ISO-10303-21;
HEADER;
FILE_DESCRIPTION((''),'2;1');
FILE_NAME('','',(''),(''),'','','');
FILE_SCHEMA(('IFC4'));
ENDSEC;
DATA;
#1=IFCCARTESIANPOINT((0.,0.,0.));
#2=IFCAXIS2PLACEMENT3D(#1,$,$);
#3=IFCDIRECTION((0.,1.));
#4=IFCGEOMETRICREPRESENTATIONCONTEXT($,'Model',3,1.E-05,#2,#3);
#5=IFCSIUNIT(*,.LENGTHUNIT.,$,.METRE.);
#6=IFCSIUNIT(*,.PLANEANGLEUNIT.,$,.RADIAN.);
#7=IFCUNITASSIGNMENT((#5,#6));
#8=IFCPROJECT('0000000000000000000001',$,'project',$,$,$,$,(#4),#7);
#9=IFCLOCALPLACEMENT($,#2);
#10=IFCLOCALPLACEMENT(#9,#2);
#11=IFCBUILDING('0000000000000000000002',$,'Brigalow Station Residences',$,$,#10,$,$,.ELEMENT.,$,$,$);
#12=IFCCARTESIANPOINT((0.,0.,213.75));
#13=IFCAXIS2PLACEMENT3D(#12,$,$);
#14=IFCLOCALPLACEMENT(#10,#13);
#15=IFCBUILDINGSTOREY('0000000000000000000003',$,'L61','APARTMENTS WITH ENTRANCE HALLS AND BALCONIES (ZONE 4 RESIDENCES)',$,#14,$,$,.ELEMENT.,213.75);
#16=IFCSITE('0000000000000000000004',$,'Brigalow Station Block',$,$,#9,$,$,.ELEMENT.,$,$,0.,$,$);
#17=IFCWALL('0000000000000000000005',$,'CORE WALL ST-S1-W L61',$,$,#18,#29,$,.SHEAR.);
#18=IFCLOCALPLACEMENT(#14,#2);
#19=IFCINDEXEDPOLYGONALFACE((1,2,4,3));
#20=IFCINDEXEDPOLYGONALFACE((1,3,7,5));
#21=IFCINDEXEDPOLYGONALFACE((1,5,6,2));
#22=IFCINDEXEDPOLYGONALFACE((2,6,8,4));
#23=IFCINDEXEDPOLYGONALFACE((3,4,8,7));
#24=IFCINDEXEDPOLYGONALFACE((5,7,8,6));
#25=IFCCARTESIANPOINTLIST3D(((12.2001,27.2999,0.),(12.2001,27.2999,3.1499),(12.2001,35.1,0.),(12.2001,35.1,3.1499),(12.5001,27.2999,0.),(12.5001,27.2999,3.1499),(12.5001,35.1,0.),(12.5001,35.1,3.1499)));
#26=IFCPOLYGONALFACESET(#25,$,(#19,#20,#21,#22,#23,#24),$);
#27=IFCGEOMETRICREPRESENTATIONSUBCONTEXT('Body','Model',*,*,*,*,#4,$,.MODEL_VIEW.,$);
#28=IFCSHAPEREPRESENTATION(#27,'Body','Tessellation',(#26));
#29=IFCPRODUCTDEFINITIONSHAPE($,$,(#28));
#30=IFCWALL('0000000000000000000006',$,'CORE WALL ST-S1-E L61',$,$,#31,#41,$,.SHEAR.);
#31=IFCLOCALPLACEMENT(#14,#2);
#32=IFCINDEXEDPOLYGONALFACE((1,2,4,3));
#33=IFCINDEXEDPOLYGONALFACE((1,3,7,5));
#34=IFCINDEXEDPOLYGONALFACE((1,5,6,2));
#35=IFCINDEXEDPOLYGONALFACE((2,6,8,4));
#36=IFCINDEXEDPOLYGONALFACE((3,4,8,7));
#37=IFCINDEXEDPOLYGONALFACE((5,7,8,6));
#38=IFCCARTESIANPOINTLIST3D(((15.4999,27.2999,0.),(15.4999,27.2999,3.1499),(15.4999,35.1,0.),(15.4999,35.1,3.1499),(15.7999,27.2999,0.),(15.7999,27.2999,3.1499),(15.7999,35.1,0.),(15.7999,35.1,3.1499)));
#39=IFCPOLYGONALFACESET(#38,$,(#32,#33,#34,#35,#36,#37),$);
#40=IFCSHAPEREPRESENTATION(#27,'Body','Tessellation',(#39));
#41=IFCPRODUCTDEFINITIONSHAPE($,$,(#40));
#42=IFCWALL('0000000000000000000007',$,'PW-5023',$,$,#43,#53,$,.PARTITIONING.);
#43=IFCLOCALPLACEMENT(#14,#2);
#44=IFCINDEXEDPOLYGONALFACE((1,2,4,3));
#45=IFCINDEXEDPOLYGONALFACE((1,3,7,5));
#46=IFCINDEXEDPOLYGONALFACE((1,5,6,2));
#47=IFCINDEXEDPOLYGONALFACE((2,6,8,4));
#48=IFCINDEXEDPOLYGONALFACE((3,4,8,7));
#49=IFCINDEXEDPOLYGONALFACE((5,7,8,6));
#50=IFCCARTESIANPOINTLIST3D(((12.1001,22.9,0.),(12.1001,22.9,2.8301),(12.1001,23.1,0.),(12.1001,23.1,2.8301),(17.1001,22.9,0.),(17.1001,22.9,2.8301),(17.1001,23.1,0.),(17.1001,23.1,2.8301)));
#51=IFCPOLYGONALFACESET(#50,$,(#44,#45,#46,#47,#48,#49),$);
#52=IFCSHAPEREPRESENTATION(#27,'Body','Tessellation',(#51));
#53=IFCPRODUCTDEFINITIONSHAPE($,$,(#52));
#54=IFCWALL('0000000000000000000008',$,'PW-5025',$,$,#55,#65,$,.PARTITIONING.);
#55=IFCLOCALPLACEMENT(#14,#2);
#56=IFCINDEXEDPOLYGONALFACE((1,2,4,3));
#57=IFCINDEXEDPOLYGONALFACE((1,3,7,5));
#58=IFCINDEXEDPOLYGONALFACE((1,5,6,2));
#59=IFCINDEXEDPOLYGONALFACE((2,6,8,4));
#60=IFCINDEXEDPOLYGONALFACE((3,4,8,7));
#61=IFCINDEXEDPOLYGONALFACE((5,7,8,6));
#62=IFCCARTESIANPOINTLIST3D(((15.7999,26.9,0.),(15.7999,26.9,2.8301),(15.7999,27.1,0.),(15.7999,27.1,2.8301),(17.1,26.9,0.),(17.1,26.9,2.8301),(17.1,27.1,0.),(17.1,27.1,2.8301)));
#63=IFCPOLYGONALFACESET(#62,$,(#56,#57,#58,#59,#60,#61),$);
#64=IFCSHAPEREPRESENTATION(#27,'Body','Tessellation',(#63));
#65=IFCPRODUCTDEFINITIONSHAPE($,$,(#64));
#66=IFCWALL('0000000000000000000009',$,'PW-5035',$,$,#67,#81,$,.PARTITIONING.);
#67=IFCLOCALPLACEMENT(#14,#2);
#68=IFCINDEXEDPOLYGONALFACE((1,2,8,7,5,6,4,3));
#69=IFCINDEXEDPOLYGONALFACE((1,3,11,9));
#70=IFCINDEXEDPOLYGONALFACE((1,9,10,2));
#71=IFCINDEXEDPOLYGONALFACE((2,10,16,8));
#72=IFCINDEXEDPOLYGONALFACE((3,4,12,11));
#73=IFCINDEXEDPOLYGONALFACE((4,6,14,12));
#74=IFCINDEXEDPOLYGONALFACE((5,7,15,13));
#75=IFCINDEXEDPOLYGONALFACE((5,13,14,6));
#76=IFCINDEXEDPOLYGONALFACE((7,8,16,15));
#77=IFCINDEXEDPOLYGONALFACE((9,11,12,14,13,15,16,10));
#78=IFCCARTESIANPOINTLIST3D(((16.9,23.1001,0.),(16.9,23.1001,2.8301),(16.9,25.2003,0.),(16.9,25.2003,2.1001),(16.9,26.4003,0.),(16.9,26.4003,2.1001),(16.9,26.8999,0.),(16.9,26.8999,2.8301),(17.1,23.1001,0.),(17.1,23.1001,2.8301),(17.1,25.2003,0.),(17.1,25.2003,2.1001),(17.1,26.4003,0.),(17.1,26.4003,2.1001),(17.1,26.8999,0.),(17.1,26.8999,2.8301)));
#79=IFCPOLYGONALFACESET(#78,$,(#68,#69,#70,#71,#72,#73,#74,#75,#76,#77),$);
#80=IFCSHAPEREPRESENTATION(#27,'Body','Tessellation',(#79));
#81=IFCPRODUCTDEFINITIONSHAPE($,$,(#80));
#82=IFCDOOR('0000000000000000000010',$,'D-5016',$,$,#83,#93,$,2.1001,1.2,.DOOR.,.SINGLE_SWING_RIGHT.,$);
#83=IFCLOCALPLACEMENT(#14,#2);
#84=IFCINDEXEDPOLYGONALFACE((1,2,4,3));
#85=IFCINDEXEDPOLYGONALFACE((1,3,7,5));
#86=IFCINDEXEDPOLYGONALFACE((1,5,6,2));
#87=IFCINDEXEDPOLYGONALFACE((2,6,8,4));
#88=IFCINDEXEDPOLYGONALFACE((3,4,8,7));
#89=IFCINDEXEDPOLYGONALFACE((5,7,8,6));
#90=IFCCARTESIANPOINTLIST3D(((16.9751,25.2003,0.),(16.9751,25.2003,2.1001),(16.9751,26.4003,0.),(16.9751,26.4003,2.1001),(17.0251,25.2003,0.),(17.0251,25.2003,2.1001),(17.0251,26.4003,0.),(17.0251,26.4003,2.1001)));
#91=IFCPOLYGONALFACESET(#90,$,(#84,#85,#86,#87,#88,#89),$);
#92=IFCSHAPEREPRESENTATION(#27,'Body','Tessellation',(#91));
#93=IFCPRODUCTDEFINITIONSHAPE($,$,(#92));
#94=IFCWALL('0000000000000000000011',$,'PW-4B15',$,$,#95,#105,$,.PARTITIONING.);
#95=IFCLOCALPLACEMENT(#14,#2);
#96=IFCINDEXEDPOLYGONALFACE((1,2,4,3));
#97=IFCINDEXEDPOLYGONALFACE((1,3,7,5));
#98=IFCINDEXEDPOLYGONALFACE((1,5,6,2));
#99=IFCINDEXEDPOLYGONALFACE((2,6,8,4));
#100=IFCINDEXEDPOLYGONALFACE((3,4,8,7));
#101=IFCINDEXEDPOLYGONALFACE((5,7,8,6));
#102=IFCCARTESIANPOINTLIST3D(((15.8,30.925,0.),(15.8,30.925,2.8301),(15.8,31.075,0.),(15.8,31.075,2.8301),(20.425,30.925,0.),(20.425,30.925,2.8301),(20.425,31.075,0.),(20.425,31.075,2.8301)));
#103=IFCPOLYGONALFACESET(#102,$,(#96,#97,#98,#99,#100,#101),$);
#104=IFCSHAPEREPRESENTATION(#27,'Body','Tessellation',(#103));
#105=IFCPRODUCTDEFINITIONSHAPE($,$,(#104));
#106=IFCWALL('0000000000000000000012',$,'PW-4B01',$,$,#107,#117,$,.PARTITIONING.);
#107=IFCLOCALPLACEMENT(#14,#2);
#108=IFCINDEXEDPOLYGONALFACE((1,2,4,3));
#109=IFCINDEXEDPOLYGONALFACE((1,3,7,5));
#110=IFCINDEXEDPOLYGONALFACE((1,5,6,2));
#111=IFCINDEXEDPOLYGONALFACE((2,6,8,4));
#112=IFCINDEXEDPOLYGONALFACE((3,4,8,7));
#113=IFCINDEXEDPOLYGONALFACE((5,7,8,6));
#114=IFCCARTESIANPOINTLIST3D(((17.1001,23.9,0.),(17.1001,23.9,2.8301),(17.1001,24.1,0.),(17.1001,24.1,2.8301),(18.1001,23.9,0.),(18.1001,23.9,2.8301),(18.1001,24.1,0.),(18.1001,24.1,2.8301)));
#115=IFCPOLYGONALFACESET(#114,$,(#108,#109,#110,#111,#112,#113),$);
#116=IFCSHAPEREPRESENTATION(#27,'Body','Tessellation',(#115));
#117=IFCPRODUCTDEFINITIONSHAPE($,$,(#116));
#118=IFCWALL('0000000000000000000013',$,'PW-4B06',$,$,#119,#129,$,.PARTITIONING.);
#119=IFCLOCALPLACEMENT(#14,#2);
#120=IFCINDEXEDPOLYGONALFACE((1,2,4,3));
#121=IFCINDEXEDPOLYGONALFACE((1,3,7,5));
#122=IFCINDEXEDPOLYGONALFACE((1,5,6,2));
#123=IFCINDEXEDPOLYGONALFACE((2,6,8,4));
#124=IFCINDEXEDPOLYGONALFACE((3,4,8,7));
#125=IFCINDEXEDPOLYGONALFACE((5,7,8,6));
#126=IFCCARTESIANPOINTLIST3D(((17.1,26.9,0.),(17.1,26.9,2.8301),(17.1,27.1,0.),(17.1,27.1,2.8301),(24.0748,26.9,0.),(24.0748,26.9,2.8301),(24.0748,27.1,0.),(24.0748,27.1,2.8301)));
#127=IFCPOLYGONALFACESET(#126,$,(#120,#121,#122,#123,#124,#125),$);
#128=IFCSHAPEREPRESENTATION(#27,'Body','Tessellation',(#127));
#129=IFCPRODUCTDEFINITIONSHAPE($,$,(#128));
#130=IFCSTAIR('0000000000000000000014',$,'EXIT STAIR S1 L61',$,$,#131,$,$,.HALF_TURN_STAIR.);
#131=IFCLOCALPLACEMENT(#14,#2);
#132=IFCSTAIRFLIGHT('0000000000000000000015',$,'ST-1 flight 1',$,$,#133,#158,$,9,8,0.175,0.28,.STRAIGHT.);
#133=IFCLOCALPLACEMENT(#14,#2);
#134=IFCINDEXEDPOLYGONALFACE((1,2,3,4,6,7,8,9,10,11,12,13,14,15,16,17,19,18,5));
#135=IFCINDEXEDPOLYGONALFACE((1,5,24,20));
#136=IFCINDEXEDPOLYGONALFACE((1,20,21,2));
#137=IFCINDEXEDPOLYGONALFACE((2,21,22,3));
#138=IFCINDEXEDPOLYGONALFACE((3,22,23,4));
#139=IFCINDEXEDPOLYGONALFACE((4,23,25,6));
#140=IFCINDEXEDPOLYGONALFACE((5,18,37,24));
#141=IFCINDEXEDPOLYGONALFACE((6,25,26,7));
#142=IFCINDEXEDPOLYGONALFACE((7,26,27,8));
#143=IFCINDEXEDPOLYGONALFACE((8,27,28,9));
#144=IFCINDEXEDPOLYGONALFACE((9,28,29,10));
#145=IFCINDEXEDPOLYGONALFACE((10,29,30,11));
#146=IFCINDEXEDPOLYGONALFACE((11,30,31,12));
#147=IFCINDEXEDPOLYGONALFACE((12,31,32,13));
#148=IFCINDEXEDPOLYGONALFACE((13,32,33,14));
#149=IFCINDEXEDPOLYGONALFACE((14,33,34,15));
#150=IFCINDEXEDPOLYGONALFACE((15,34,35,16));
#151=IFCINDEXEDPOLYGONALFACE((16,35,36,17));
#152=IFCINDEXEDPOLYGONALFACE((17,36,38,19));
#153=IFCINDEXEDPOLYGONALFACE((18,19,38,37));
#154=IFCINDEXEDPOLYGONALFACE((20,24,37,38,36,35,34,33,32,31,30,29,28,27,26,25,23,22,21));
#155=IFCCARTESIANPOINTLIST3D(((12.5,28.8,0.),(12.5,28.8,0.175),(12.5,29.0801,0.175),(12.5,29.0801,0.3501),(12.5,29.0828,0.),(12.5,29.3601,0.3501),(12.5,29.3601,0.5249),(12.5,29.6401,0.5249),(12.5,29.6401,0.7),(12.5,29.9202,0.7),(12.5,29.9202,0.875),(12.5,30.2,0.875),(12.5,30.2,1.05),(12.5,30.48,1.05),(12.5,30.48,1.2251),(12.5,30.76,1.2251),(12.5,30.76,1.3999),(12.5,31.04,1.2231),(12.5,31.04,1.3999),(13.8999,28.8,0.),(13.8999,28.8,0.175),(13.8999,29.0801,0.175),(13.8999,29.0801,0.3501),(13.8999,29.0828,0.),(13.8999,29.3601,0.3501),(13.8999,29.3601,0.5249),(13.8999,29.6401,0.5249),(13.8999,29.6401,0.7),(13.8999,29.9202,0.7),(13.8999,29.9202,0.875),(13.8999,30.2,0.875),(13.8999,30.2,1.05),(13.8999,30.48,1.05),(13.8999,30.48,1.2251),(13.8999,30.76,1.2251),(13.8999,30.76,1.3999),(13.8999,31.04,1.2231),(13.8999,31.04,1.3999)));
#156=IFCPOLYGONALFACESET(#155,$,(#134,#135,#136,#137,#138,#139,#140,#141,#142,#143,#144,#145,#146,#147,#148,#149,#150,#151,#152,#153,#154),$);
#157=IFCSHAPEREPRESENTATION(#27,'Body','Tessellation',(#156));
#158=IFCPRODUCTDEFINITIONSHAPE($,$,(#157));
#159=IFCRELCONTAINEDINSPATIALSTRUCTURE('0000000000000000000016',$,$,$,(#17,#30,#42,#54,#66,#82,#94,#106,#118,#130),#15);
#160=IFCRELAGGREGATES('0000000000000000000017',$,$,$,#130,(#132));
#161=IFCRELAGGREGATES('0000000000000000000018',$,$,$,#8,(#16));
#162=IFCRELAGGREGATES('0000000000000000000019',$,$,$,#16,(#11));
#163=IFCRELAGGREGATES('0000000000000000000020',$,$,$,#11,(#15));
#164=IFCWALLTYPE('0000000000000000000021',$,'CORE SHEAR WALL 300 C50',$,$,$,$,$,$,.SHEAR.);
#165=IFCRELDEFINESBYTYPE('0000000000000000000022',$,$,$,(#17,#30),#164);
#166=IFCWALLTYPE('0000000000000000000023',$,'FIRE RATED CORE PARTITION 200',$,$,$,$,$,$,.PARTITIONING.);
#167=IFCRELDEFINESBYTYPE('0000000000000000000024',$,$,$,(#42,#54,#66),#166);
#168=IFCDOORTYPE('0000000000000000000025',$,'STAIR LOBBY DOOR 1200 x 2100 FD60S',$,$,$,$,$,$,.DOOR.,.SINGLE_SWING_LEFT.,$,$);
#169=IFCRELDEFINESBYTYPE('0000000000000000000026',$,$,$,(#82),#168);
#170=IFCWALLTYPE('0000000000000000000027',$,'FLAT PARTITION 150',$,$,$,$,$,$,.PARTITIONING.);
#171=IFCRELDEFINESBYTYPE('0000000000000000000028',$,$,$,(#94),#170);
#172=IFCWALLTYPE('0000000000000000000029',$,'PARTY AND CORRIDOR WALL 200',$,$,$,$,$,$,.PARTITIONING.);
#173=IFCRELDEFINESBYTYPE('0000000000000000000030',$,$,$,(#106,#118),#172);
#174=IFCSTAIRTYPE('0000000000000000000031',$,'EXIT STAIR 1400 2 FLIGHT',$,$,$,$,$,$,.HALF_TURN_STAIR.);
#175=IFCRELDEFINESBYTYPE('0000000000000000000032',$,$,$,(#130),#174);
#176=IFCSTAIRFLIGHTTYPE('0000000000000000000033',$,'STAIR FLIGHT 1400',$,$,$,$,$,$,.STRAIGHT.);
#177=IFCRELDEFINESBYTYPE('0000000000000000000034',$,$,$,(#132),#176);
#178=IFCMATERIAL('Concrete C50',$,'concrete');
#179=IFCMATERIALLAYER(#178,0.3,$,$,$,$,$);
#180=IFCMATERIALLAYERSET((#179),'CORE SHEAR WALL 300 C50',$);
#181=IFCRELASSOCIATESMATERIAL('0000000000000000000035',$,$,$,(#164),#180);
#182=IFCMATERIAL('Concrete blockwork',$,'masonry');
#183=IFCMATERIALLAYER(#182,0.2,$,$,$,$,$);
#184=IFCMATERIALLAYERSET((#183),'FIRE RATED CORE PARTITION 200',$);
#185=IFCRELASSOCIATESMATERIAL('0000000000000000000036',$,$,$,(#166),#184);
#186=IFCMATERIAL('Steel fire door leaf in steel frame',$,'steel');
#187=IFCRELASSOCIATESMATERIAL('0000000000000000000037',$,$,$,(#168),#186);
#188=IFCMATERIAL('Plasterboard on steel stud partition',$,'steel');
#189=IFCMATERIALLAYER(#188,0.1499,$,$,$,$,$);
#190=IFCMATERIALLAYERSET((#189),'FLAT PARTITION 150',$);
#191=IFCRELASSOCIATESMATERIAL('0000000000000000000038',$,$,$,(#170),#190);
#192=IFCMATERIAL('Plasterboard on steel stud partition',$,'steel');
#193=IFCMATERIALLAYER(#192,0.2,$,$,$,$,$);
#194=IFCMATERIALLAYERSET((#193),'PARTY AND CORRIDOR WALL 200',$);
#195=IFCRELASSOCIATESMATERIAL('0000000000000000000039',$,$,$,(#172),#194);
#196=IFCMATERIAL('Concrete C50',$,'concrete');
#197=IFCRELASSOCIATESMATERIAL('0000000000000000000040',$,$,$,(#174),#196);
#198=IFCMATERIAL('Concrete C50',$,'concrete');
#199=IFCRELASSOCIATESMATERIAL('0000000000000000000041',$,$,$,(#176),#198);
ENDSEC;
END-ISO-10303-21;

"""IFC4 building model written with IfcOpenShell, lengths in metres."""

from ifc_helpers import new_model, si_unit, direction, frame, frame_2d, origin, place, context, subcontext, project, spatial, polyline, rectangle, outline, extrude, material, layer, layer_set, type_object, element, fill, aggregate, save


model = new_model("IFC4")

# Units and contexts
model_context = context("Model", 3, precision=1e-05, world=origin(), true_north=direction((0.0, 1.0)))
body_context = subcontext(model_context, "Body", "Model", "MODEL_VIEW")
ifc_project = project(units=[si_unit("LENGTHUNIT", "METRE"), si_unit("PLANEANGLEUNIT", "RADIAN")], contexts=[model_context])

# Site, building, storey
site_placement = place(None, origin())
site = spatial("IfcSite", under=ifc_project, at=site_placement, Name="Brigalow Station Block", CompositionType="ELEMENT", RefElevation=0.0)
building_placement = place(site_placement, origin())
building = spatial("IfcBuilding", under=site, at=building_placement, Name="Brigalow Station Residences", CompositionType="ELEMENT")
storey_placement = place(building_placement, frame((0.0, 0.0, 213.75)))
storey = spatial("IfcBuildingStorey", under=building, at=storey_placement, Name="L61", Description="APARTMENTS WITH ENTRANCE HALLS AND BALCONIES (ZONE 4 RESIDENCES)", CompositionType="ELEMENT", Elevation=213.75)

# Shared definitions
ifc_material_1 = material(Name="Concrete C50", Category="concrete")
ifc_layer_1 = layer(ifc_material_1, 0.3)
ifc_layer_set_1 = layer_set([ifc_layer_1], Name="CORE SHEAR WALL 300 C50")
wall_type_1 = type_object("IfcWallType", Name="CORE SHEAR WALL 300 C50", PredefinedType="SHEAR", material=ifc_layer_set_1)

# Walls
for number, where, z_axis, x_axis, name in (
    (1, (12.3501, 27.3, 0.0), (0.0, 0.0, 1.0), (0.0, 1.0, 0.0), "CORE WALL ST-S1-W L61"),
    (2, (15.6499, 27.3, 0.0), (0.0, 0.0, 1.0), (0.0, 1.0, 0.0), "CORE WALL ST-S1-E L61"),
):
    element("IfcWall", number, at=place(storey_placement, frame(where, z_axis=z_axis, x_axis=x_axis)), inside=storey, type_object=wall_type_1, Name=name, PredefinedType="SHEAR", context=body_context, shape_type="SweptSolid", body=[
        extrude(rectangle(XDim=7.8, YDim=0.3, at=frame_2d((3.8999, 0.0))), origin(), (0.0, 0.0, 1.0), 3.1499),
    ])
ifc_material_2 = material(Name="Concrete blockwork", Category="masonry")
ifc_layer_2 = layer(ifc_material_2, 0.2)
ifc_layer_set_2 = layer_set([ifc_layer_2], Name="FIRE RATED CORE PARTITION 200")
wall_type_2 = type_object("IfcWallType", Name="FIRE RATED CORE PARTITION 200", PredefinedType="PARTITIONING", material=ifc_layer_set_2)
wall_1_placement = place(storey_placement, frame((12.1001, 23.0, 0.0), z_axis=(0.0, 0.0, 1.0), x_axis=(1.0, 0.0, 0.0)))
element("IfcWall", 3, at=wall_1_placement, inside=storey, type_object=wall_type_2, Name="PW-5023", PredefinedType="PARTITIONING", context=body_context, shape_type="SweptSolid", body=[
    extrude(rectangle(XDim=5.0, YDim=0.2, at=frame_2d((2.5, 0.0))), origin(), (0.0, 0.0, 1.0), 2.8301),
])
wall_2_placement = place(storey_placement, frame((15.8, 27.0, 0.0), z_axis=(0.0, 0.0, 1.0), x_axis=(1.0, 0.0, 0.0)))
element("IfcWall", 4, at=wall_2_placement, inside=storey, type_object=wall_type_2, Name="PW-5025", PredefinedType="PARTITIONING", context=body_context, shape_type="SweptSolid", body=[
    extrude(rectangle(XDim=1.3, YDim=0.2, at=frame_2d((0.6499, 0.0))), origin(), (0.0, 0.0, 1.0), 2.8301),
])

# Wall, opening, door
wall_3_placement = place(storey_placement, frame((17.0, 23.1001, 0.0), z_axis=(0.0, 0.0, 1.0), x_axis=(0.0, 1.0, 0.0)))
wall_3 = element("IfcWall", 5, at=wall_3_placement, inside=storey, type_object=wall_type_2, Name="PW-5035", PredefinedType="PARTITIONING", context=body_context, shape_type="SweptSolid", body=[
    extrude(rectangle(XDim=3.7998, YDim=0.2, at=frame_2d((1.8999, 0.0))), origin(), (0.0, 0.0, 1.0), 2.8301),
])
opening_1_placement = place(wall_3_placement, frame((2.1001, 0.0, 0.0)))
opening_1 = element("IfcOpeningElement", 6, at=opening_1_placement, cuts=wall_3, PredefinedType="OPENING", context=body_context, shape_type="SweptSolid", body=[
    extrude(rectangle(XDim=1.2, YDim=2.1001, at=frame_2d((0.6001, 1.05))), frame((0.0, 0.1099, 0.0), z_axis=(0.0, -1.0, 0.0), x_axis=(1.0, 0.0, 0.0)), (0.0, 0.0, 1.0), 0.22),
])
ifc_material_3 = material(Name="Steel fire door leaf in steel frame", Category="steel")
door_type_1 = type_object("IfcDoorType", Name="STAIR LOBBY DOOR 1200 x 2100 FD60S", OperationType="SINGLE_SWING_LEFT", PredefinedType="DOOR", material=ifc_material_3)
door_1_placement = place(opening_1_placement, origin())
door_1 = element("IfcDoor", 7, at=door_1_placement, inside=storey, type_object=door_type_1, Name="D-5016", OperationType="SINGLE_SWING_RIGHT", OverallHeight=2.1001, OverallWidth=1.2, PredefinedType="DOOR", context=body_context, shape_type="SweptSolid", body=[
    extrude(rectangle(XDim=1.2, YDim=2.1001, at=frame_2d((0.6001, 1.05))), frame((0.0, 0.0249, 0.0), z_axis=(0.0, -1.0, 0.0), x_axis=(1.0, 0.0, 0.0)), (0.0, 0.0, 1.0), 0.05),
])
fill(opening_1, door_1)

# Walls
ifc_material_4 = material(Name="Plasterboard on steel stud partition", Category="steel")
ifc_layer_3 = layer(ifc_material_4, 0.1499)
ifc_layer_set_3 = layer_set([ifc_layer_3], Name="FLAT PARTITION 150")
wall_type_3 = type_object("IfcWallType", Name="FLAT PARTITION 150", PredefinedType="PARTITIONING", material=ifc_layer_set_3)
wall_4_placement = place(storey_placement, frame((15.8, 31.0, 0.0), z_axis=(0.0, 0.0, 1.0), x_axis=(1.0, 0.0, 0.0)))
element("IfcWall", 8, at=wall_4_placement, inside=storey, type_object=wall_type_3, Name="PW-4B15", PredefinedType="PARTITIONING", context=body_context, shape_type="SweptSolid", body=[
    extrude(rectangle(XDim=4.625, YDim=0.1499, at=frame_2d((2.3125, 0.0))), origin(), (0.0, 0.0, 1.0), 2.8301),
])
ifc_material_5 = material(Name="Plasterboard on steel stud partition", Category="steel")
ifc_layer_4 = layer(ifc_material_5, 0.2)
ifc_layer_set_4 = layer_set([ifc_layer_4], Name="PARTY AND CORRIDOR WALL 200")
wall_type_4 = type_object("IfcWallType", Name="PARTY AND CORRIDOR WALL 200", PredefinedType="PARTITIONING", material=ifc_layer_set_4)
wall_5_placement = place(storey_placement, frame((17.1001, 24.0, 0.0), z_axis=(0.0, 0.0, 1.0), x_axis=(1.0, 0.0, 0.0)))
element("IfcWall", 9, at=wall_5_placement, inside=storey, type_object=wall_type_4, Name="PW-4B01", PredefinedType="PARTITIONING", context=body_context, shape_type="SweptSolid", body=[
    extrude(rectangle(XDim=1.0, YDim=0.2, at=frame_2d((0.5, 0.0))), origin(), (0.0, 0.0, 1.0), 2.8301),
])
wall_6_placement = place(storey_placement, frame((17.1001, 27.0, 0.0), z_axis=(0.0, 0.0, 1.0), x_axis=(1.0, 0.0, 0.0)))
element("IfcWall", 10, at=wall_6_placement, inside=storey, type_object=wall_type_4, Name="PW-4B06", PredefinedType="PARTITIONING", context=body_context, shape_type="SweptSolid", body=[
    extrude(rectangle(XDim=6.9749, YDim=0.2, at=frame_2d((3.4873, 0.0))), origin(), (0.0, 0.0, 1.0), 2.8301),
])

# Stair, stair flight
ifc_material_6 = material(Name="Concrete C50", Category="concrete")
stair_type = type_object("IfcStairType", Name="EXIT STAIR 1400 2 FLIGHT", PredefinedType="HALF_TURN_STAIR", material=ifc_material_6)
stair_placement = place(storey_placement, origin())
stair = element("IfcStair", 11, at=stair_placement, inside=storey, type_object=stair_type, Name="EXIT STAIR S1 L61", PredefinedType="HALF_TURN_STAIR")
ifc_material_7 = material(Name="Concrete C50", Category="concrete")
stair_flight_type = type_object("IfcStairFlightType", Name="STAIR FLIGHT 1400", PredefinedType="STRAIGHT", material=ifc_material_7)
stair_flight_placement = place(storey_placement, frame((13.2, 28.8, 0.0), z_axis=(0.0, 0.0, 1.0), x_axis=(0.0, 1.0, 0.0)))
stair_flight = element("IfcStairFlight", 12, at=stair_flight_placement, type_object=stair_flight_type, Name="ST-1 flight 1", NumberOfRisers=9, NumberOfTreads=8, PredefinedType="STRAIGHT", RiserHeight=0.175, TreadLength=0.28, context=body_context, shape_type="SweptSolid", body=[
    extrude(outline(polyline([(0.0, 0.0), (0.0, 0.175), (0.28, 0.175), (0.28, 0.3501), (0.5601, 0.3501), (0.5601, 0.5249), (0.8401, 0.5249), (0.8401, 0.7), (1.1201, 0.7), (1.1201, 0.875), (1.3999, 0.875), (1.3999, 1.05), (1.6799, 1.05), (1.6799, 1.2251), (1.96, 1.2251), (1.96, 1.3999), (2.24, 1.3999), (2.24, 1.575), (2.24, 1.2231), (0.2827, 0.0), (0.0, 0.0)])), frame((0.0, 0.7, 0.0), z_axis=(0.0, -1.0, 0.0), x_axis=(1.0, 0.0, 0.0)), (0.0, 0.0, 1.0), 1.3999),
])
aggregate(stair, [stair_flight])

save(model, "model.ifc")
